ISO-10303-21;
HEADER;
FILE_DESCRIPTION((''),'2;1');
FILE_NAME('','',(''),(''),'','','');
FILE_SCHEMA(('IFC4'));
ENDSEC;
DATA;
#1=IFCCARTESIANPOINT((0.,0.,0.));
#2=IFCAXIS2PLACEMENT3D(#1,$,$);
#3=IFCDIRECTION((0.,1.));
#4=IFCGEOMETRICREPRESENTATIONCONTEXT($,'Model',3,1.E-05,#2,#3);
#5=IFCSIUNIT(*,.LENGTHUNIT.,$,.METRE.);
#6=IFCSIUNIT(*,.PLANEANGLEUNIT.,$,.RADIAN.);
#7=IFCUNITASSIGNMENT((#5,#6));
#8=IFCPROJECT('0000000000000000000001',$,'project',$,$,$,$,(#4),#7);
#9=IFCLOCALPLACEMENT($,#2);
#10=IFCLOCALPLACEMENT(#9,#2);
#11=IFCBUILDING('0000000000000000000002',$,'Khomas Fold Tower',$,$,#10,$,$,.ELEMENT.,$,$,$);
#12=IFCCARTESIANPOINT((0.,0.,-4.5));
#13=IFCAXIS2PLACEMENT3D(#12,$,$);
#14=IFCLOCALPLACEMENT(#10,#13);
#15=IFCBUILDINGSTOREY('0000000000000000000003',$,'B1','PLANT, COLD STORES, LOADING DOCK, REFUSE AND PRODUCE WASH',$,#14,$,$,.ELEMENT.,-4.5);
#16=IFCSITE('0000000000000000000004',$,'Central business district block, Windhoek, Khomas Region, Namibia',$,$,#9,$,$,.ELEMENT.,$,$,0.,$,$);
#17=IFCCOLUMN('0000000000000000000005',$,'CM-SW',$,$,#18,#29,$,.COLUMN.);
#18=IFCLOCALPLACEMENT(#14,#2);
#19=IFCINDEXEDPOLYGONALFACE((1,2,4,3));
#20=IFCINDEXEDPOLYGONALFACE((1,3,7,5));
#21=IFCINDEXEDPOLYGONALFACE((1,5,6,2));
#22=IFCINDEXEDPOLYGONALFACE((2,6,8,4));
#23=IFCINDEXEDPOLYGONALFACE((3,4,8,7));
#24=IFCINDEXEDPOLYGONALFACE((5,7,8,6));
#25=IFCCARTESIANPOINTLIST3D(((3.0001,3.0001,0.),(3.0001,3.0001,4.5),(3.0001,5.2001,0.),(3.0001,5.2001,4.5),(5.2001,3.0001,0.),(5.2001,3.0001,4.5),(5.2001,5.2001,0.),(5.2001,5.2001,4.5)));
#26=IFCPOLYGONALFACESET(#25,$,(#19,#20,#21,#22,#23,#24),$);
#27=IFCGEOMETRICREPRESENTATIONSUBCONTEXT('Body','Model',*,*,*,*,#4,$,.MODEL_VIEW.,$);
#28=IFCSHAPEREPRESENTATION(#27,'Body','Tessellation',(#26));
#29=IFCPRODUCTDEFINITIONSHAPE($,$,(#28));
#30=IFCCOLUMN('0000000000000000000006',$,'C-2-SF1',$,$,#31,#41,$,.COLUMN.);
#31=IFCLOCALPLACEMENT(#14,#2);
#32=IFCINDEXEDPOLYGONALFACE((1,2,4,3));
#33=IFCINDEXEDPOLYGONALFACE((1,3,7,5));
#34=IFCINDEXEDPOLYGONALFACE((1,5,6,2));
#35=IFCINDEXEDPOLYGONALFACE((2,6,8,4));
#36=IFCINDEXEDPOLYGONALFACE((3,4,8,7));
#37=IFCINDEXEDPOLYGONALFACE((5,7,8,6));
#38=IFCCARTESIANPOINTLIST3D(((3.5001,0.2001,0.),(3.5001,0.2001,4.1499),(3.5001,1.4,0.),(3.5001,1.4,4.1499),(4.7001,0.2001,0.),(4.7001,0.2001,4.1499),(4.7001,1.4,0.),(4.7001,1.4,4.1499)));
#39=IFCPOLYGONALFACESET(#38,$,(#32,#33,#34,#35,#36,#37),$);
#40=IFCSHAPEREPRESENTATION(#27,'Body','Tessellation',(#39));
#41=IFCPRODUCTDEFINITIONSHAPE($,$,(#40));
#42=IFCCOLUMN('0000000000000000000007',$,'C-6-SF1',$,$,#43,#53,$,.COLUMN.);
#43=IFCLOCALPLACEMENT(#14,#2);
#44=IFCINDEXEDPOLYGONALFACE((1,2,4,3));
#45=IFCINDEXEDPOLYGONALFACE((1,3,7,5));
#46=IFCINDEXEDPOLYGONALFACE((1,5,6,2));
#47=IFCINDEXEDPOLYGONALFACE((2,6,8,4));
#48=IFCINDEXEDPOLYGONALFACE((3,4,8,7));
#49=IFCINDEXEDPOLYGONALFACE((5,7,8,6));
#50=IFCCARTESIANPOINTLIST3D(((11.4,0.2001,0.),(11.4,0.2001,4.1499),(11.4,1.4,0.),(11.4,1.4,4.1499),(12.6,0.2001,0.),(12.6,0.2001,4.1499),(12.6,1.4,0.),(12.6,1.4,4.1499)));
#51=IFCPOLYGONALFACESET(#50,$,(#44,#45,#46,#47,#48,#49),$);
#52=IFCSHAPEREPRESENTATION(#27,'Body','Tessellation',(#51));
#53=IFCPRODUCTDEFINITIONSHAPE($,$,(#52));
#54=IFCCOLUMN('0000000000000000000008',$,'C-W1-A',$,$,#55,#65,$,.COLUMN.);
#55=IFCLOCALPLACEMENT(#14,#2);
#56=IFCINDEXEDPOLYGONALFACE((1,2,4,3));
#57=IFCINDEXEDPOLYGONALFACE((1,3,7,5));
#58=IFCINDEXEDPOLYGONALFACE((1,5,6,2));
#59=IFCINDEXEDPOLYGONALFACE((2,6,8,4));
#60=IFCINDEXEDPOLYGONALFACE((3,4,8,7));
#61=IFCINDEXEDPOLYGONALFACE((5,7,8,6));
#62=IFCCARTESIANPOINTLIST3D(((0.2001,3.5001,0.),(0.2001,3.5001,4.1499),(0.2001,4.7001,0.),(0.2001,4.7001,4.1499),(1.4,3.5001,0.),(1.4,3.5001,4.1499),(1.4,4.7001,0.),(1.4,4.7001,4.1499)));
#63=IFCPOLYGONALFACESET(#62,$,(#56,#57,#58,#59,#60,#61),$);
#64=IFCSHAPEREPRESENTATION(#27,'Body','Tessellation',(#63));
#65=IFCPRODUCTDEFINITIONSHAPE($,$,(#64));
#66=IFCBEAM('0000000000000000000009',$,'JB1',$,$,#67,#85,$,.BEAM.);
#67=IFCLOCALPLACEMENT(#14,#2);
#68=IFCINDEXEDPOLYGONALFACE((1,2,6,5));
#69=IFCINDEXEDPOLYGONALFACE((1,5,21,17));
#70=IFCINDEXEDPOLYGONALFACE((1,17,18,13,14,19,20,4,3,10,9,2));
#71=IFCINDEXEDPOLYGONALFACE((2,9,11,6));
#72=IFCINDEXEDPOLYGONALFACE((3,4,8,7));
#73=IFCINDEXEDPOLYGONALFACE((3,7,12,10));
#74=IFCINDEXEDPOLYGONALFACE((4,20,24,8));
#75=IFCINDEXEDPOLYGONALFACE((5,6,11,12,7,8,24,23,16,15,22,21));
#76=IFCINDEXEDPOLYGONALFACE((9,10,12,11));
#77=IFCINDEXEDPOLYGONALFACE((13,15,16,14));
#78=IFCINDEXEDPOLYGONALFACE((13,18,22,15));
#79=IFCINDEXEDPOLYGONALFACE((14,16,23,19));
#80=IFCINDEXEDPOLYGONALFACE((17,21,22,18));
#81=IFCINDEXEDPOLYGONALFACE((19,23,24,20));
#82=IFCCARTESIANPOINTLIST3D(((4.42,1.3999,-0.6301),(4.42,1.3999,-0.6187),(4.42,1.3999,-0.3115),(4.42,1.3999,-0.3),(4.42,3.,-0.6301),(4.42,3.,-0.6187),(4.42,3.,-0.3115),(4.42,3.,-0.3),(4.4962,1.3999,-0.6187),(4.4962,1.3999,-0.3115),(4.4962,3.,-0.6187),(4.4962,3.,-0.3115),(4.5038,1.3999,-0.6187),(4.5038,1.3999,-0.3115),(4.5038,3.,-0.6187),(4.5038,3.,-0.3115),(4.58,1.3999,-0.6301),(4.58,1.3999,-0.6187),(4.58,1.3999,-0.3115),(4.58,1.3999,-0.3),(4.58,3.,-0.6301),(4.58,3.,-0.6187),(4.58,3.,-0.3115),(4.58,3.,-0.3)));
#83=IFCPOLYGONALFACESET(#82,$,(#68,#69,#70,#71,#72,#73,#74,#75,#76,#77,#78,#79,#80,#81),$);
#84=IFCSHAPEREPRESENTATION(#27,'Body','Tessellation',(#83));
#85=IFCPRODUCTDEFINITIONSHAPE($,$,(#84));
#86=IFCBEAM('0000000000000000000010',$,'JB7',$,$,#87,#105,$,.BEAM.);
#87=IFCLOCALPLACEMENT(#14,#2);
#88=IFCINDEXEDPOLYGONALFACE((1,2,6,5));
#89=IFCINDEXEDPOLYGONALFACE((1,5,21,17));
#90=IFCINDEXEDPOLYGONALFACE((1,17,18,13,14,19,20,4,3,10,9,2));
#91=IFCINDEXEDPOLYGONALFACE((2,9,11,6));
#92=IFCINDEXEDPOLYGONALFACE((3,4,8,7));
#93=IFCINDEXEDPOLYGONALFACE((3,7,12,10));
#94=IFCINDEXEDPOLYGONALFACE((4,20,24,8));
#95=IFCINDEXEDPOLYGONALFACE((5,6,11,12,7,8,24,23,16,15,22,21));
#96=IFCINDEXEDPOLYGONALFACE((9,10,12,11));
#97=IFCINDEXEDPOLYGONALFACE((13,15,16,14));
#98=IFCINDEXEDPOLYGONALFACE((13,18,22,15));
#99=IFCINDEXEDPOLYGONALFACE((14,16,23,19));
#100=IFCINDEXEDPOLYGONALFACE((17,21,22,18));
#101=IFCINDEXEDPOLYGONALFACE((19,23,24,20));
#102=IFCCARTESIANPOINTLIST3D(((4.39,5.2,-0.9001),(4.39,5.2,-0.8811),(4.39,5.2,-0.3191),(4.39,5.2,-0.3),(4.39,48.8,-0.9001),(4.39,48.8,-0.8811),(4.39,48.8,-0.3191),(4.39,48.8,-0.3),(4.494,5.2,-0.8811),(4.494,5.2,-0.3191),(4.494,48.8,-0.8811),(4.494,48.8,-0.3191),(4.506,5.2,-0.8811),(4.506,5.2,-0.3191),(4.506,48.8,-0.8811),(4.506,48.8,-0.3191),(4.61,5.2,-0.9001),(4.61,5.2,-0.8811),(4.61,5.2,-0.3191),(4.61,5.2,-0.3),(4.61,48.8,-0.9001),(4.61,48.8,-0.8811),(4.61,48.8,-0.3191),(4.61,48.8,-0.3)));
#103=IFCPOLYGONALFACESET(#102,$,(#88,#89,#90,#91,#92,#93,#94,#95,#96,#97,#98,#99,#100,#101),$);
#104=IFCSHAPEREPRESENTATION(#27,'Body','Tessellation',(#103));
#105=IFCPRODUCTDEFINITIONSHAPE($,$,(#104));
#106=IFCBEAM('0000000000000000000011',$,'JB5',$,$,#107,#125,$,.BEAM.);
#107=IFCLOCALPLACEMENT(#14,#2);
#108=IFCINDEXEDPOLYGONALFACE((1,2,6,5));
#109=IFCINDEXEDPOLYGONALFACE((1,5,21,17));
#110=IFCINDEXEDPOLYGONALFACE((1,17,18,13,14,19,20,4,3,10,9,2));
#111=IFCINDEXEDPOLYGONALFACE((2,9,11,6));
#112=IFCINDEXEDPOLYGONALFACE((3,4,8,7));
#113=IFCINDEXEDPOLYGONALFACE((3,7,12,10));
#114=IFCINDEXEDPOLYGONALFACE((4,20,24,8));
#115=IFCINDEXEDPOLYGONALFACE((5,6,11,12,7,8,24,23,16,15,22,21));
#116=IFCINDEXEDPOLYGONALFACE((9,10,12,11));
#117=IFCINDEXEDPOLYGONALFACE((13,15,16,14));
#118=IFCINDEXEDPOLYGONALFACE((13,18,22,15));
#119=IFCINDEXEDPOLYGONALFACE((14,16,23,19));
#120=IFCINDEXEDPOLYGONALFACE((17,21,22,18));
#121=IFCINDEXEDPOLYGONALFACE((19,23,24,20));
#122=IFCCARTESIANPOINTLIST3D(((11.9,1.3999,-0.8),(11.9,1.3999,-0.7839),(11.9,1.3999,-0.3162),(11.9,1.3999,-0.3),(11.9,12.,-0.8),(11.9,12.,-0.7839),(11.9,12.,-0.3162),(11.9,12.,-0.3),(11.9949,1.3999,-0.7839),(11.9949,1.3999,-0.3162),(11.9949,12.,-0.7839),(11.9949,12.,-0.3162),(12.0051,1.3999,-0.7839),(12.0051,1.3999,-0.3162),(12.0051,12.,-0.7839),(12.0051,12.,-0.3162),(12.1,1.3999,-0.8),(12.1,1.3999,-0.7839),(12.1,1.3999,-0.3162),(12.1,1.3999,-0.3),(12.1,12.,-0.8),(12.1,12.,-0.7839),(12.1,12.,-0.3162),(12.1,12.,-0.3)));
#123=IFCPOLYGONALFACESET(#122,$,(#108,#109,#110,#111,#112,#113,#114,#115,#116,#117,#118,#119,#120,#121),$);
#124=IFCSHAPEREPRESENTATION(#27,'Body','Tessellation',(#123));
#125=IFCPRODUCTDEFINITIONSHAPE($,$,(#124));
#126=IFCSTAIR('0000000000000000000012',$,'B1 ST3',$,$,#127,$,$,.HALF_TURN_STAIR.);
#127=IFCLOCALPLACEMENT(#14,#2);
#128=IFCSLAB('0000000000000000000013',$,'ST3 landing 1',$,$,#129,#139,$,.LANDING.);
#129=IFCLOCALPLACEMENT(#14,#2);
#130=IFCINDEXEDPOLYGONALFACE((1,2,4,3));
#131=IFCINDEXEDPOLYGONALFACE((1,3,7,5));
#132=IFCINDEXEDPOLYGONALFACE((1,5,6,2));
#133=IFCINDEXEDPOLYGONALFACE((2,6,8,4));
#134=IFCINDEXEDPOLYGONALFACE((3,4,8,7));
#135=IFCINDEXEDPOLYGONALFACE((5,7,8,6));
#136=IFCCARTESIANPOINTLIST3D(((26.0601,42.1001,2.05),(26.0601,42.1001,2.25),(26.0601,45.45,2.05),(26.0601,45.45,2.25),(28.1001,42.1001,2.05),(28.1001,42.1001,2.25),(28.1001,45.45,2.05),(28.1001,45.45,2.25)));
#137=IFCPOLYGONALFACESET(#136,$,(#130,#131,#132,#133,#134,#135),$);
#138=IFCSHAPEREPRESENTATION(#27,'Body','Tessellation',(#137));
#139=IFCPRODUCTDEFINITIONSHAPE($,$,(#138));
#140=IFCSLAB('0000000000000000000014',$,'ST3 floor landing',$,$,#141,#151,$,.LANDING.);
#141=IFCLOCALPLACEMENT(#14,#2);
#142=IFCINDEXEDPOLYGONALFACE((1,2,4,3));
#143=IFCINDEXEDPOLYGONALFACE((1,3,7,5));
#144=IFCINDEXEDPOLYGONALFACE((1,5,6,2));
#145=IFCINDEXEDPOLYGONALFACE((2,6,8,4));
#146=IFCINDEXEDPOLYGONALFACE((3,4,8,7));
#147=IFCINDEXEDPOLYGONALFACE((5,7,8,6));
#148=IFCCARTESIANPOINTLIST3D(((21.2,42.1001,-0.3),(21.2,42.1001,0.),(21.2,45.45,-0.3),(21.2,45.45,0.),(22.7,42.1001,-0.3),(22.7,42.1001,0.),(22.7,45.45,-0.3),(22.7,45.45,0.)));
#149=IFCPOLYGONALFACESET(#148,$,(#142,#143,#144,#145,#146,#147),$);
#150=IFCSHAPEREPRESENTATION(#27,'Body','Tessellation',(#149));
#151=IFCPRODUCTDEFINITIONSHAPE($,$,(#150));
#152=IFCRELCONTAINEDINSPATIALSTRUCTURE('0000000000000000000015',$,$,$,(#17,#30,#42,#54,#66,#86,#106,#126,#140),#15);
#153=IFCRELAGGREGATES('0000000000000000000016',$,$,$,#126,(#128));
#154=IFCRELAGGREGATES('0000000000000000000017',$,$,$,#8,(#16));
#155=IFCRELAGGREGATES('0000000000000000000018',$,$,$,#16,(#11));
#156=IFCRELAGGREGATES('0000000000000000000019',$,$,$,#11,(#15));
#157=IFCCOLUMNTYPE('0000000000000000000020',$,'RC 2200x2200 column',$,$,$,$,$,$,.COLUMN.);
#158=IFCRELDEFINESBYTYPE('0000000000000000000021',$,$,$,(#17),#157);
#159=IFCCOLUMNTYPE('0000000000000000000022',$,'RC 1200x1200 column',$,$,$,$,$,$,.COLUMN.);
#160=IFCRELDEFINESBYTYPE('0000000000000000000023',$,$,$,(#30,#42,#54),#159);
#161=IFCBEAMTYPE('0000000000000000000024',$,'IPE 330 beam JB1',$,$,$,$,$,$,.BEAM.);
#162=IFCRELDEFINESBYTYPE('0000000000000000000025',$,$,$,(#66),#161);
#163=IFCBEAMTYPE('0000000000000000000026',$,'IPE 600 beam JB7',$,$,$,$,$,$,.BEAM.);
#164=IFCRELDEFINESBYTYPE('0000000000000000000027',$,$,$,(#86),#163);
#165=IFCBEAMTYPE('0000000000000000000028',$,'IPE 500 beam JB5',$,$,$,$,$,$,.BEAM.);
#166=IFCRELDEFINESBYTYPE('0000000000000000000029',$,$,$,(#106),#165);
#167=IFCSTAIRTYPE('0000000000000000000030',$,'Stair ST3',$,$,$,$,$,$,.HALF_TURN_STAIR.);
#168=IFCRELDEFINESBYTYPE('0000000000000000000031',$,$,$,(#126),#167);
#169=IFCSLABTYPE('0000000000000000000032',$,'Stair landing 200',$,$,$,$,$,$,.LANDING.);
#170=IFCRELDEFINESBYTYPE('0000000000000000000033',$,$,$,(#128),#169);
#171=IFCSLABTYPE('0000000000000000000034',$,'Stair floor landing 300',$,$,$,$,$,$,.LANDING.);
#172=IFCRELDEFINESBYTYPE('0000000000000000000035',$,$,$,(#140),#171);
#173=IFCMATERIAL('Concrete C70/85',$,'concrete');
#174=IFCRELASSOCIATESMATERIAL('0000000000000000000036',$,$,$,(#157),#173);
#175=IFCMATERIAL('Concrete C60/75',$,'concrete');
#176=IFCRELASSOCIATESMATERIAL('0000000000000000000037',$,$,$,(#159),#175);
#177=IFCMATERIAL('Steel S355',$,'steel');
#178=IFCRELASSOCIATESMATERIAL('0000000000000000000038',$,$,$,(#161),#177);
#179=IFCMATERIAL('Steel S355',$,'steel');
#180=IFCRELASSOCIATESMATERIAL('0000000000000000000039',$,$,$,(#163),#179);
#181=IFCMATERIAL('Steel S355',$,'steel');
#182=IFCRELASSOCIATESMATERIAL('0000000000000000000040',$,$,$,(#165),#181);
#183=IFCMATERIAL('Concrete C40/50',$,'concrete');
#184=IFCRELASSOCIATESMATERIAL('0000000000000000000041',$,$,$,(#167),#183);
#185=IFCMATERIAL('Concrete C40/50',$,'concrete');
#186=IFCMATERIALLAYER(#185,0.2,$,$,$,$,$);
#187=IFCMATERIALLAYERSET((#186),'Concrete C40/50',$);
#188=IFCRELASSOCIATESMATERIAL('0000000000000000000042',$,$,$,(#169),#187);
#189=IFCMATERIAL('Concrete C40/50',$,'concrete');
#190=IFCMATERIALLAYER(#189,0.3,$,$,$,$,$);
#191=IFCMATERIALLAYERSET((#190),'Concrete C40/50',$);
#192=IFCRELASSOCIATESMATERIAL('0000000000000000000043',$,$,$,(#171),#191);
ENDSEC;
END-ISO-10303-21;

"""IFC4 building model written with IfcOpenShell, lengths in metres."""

from ifc_helpers import new_model, si_unit, direction, frame, origin, origin_2d, place, context, subcontext, project, spatial, polyline, rectangle, i_section, outline, extrude, source, transform, mapped, material, layer, layer_set, material_profile, profile_set, type_object, element, aggregate, save


model = new_model("IFC4")

# Units and contexts
model_context = context("Model", 3, precision=1e-05, world=origin(), true_north=direction((0.0, 1.0)))
body_context = subcontext(model_context, "Body", "Model", "MODEL_VIEW")
ifc_project = project(units=[si_unit("LENGTHUNIT", "METRE"), si_unit("PLANEANGLEUNIT", "RADIAN")], contexts=[model_context])

# Site, building, storey
site_placement = place(None, origin())
site = spatial("IfcSite", under=ifc_project, at=site_placement, Name="Central business district block, Windhoek, Khomas Region, Namibia", CompositionType="ELEMENT", RefElevation=0.0)
building_placement = place(site_placement, origin())
building = spatial("IfcBuilding", under=site, at=building_placement, Name="Khomas Fold Tower", CompositionType="ELEMENT")
storey_placement = place(building_placement, frame((0.0, 0.0, -4.5)))
storey = spatial("IfcBuildingStorey", under=building, at=storey_placement, Name="B1", Description="PLANT, COLD STORES, LOADING DOCK, REFUSE AND PRODUCE WASH", CompositionType="ELEMENT", Elevation=-4.5)

# Columns
ifc_material_1 = material(Name="Concrete C70/85", Category="concrete")
ifc_material_profile_1 = material_profile(ifc_material_1, rectangle(XDim=2.2, YDim=2.2, at=origin_2d()), Name="RC 2200x2200")
ifc_profile_set_1 = profile_set([ifc_material_profile_1], Name="Concrete C70/85")
column_type_1 = type_object("IfcColumnType", Name="RC 2200x2200 column", PredefinedType="COLUMN", material=ifc_profile_set_1)
shared_shape_1 = source(origin(), body_context, "Body", "SweptSolid", [
    extrude(rectangle(XDim=2.2, YDim=2.2, at=origin_2d()), origin(), (0.0, 0.0, 1.0), 4.5),
])
column_placement = place(storey_placement, frame((4.1001, 4.1001, 0.0), z_axis=(0.0, 0.0, 1.0), x_axis=(1.0, 0.0, 0.0)))
element("IfcColumn", 1, at=column_placement, inside=storey, type_object=column_type_1, Name="CM-SW", PredefinedType="COLUMN", context=body_context, shape_type="MappedRepresentation", body=[
    mapped(shared_shape_1, transform((0.0, 0.0, 0.0))),
])
ifc_material_2 = material(Name="Concrete C60/75", Category="concrete")
ifc_material_profile_2 = material_profile(ifc_material_2, rectangle(XDim=1.2, YDim=1.2, at=origin_2d()), Name="RC 1200x1200")
ifc_profile_set_2 = profile_set([ifc_material_profile_2], Name="Concrete C60/75")
column_type_2 = type_object("IfcColumnType", Name="RC 1200x1200 column", PredefinedType="COLUMN", material=ifc_profile_set_2)
shared_shape_2 = source(origin(), body_context, "Body", "SweptSolid", [
    extrude(rectangle(XDim=1.2, YDim=1.2, at=origin_2d()), origin(), (0.0, 0.0, 1.0), 4.1499),
])
for number, where, z_axis, x_axis, name in (
    (2, (4.1001, 0.8, 0.0), (0.0, 0.0, 1.0), (1.0, 0.0, 0.0), "C-2-SF1"),
    (3, (12.0, 0.8, 0.0), (0.0, 0.0, 1.0), (1.0, 0.0, 0.0), "C-6-SF1"),
    (4, (0.8, 4.1001, 0.0), (0.0, 0.0, 1.0), (1.0, 0.0, 0.0), "C-W1-A"),
):
    element("IfcColumn", number, at=place(storey_placement, frame(where, z_axis=z_axis, x_axis=x_axis)), inside=storey, type_object=column_type_2, Name=name, PredefinedType="COLUMN", context=body_context, shape_type="MappedRepresentation", body=[
        mapped(shared_shape_2, transform((0.0, 0.0, 0.0))),
    ])

# Beams
ifc_material_3 = material(Name="Steel S355", Category="steel")
ifc_material_profile_3 = material_profile(ifc_material_3, i_section(OverallWidth=0.1599, OverallDepth=0.3301, WebThickness=0.0076, FlangeThickness=0.0115, at=origin_2d()), Name="IPE 330")
ifc_profile_set_3 = profile_set([ifc_material_profile_3], Name="Steel S355")
beam_type_1 = type_object("IfcBeamType", Name="IPE 330 beam JB1", PredefinedType="BEAM", material=ifc_profile_set_3)
shared_shape_3 = source(origin(), body_context, "Body", "SweptSolid", [
    extrude(i_section(OverallWidth=0.1599, OverallDepth=0.3301, WebThickness=0.0076, FlangeThickness=0.0115, at=origin_2d()), origin(), (0.0, 0.0, 1.0), 1.6001),
])
beam_1_placement = place(storey_placement, frame((4.5, 1.3999, -0.4651), z_axis=(0.0, 1.0, 0.0), x_axis=(-1.0, 0.0, 0.0)))
element("IfcBeam", 5, at=beam_1_placement, inside=storey, type_object=beam_type_1, Name="JB1", PredefinedType="BEAM", context=body_context, shape_type="MappedRepresentation", body=[
    mapped(shared_shape_3, transform((0.0, 0.0, 0.0))),
])
ifc_material_4 = material(Name="Steel S355", Category="steel")
ifc_material_profile_4 = material_profile(ifc_material_4, i_section(OverallWidth=0.22, OverallDepth=0.6001, WebThickness=0.012, FlangeThickness=0.019, at=origin_2d()), Name="IPE 600")
ifc_profile_set_4 = profile_set([ifc_material_profile_4], Name="Steel S355")
beam_type_2 = type_object("IfcBeamType", Name="IPE 600 beam JB7", PredefinedType="BEAM", material=ifc_profile_set_4)
shared_shape_4 = source(origin(), body_context, "Body", "SweptSolid", [
    extrude(i_section(OverallWidth=0.22, OverallDepth=0.6001, WebThickness=0.012, FlangeThickness=0.019, at=origin_2d()), origin(), (0.0, 0.0, 1.0), 43.6001),
])
beam_2_placement = place(storey_placement, frame((4.5, 5.2, -0.6001), z_axis=(0.0, 1.0, 0.0), x_axis=(-1.0, 0.0, 0.0)))
element("IfcBeam", 6, at=beam_2_placement, inside=storey, type_object=beam_type_2, Name="JB7", PredefinedType="BEAM", context=body_context, shape_type="MappedRepresentation", body=[
    mapped(shared_shape_4, transform((0.0, 0.0, 0.0))),
])
ifc_material_5 = material(Name="Steel S355", Category="steel")
ifc_material_profile_5 = material_profile(ifc_material_5, i_section(OverallWidth=0.2, OverallDepth=0.5, WebThickness=0.0103, FlangeThickness=0.0161, at=origin_2d()), Name="IPE 500")
ifc_profile_set_5 = profile_set([ifc_material_profile_5], Name="Steel S355")
beam_type_3 = type_object("IfcBeamType", Name="IPE 500 beam JB5", PredefinedType="BEAM", material=ifc_profile_set_5)
shared_shape_5 = source(origin(), body_context, "Body", "SweptSolid", [
    extrude(i_section(OverallWidth=0.2, OverallDepth=0.5, WebThickness=0.0103, FlangeThickness=0.0161, at=origin_2d()), origin(), (0.0, 0.0, 1.0), 10.6001),
])
beam_3_placement = place(storey_placement, frame((12.0, 1.3999, -0.55), z_axis=(0.0, 1.0, 0.0), x_axis=(-1.0, 0.0, 0.0)))
element("IfcBeam", 7, at=beam_3_placement, inside=storey, type_object=beam_type_3, Name="JB5", PredefinedType="BEAM", context=body_context, shape_type="MappedRepresentation", body=[
    mapped(shared_shape_5, transform((0.0, 0.0, 0.0))),
])

# Stair, slab
ifc_material_6 = material(Name="Concrete C40/50", Category="concrete")
stair_type = type_object("IfcStairType", Name="Stair ST3", PredefinedType="HALF_TURN_STAIR", material=ifc_material_6)
stair_placement = place(storey_placement, origin())
stair = element("IfcStair", 8, at=stair_placement, inside=storey, type_object=stair_type, Name="B1 ST3", PredefinedType="HALF_TURN_STAIR")
ifc_material_7 = material(Name="Concrete C40/50", Category="concrete")
ifc_layer_1 = layer(ifc_material_7, 0.2)
ifc_layer_set_1 = layer_set([ifc_layer_1], Name="Concrete C40/50")
slab_type_1 = type_object("IfcSlabType", Name="Stair landing 200", PredefinedType="LANDING", material=ifc_layer_set_1)
shared_shape_6 = source(origin(), body_context, "Body", "SweptSolid", [
    extrude(outline(polyline([(26.0601, 42.1001), (28.1001, 42.1001), (28.1001, 45.45), (26.0601, 45.45), (26.0601, 42.1001)])), origin(), (0.0, 0.0, 1.0), 0.2),
])
slab_1_placement = place(storey_placement, frame((0.0, 0.0, 2.05)))
slab_1 = element("IfcSlab", 9, at=slab_1_placement, type_object=slab_type_1, Name="ST3 landing 1", PredefinedType="LANDING", context=body_context, shape_type="MappedRepresentation", body=[
    mapped(shared_shape_6, transform((0.0, 0.0, 0.0))),
])
aggregate(stair, [slab_1])

# Slab
ifc_material_8 = material(Name="Concrete C40/50", Category="concrete")
ifc_layer_2 = layer(ifc_material_8, 0.3)
ifc_layer_set_2 = layer_set([ifc_layer_2], Name="Concrete C40/50")
slab_type_2 = type_object("IfcSlabType", Name="Stair floor landing 300", PredefinedType="LANDING", material=ifc_layer_set_2)
shared_shape_7 = source(origin(), body_context, "Body", "SweptSolid", [
    extrude(outline(polyline([(21.2, 45.45), (22.7, 45.45), (22.7, 42.1001), (21.2, 42.1001), (21.2, 45.45)])), origin(), (0.0, 0.0, 1.0), 0.3),
])
slab_2_placement = place(storey_placement, frame((0.0, 0.0, -0.3)))
element("IfcSlab", 10, at=slab_2_placement, inside=storey, type_object=slab_type_2, Name="ST3 floor landing", PredefinedType="LANDING", context=body_context, shape_type="MappedRepresentation", body=[
    mapped(shared_shape_7, transform((0.0, 0.0, 0.0))),
])

save(model, "model.ifc")
